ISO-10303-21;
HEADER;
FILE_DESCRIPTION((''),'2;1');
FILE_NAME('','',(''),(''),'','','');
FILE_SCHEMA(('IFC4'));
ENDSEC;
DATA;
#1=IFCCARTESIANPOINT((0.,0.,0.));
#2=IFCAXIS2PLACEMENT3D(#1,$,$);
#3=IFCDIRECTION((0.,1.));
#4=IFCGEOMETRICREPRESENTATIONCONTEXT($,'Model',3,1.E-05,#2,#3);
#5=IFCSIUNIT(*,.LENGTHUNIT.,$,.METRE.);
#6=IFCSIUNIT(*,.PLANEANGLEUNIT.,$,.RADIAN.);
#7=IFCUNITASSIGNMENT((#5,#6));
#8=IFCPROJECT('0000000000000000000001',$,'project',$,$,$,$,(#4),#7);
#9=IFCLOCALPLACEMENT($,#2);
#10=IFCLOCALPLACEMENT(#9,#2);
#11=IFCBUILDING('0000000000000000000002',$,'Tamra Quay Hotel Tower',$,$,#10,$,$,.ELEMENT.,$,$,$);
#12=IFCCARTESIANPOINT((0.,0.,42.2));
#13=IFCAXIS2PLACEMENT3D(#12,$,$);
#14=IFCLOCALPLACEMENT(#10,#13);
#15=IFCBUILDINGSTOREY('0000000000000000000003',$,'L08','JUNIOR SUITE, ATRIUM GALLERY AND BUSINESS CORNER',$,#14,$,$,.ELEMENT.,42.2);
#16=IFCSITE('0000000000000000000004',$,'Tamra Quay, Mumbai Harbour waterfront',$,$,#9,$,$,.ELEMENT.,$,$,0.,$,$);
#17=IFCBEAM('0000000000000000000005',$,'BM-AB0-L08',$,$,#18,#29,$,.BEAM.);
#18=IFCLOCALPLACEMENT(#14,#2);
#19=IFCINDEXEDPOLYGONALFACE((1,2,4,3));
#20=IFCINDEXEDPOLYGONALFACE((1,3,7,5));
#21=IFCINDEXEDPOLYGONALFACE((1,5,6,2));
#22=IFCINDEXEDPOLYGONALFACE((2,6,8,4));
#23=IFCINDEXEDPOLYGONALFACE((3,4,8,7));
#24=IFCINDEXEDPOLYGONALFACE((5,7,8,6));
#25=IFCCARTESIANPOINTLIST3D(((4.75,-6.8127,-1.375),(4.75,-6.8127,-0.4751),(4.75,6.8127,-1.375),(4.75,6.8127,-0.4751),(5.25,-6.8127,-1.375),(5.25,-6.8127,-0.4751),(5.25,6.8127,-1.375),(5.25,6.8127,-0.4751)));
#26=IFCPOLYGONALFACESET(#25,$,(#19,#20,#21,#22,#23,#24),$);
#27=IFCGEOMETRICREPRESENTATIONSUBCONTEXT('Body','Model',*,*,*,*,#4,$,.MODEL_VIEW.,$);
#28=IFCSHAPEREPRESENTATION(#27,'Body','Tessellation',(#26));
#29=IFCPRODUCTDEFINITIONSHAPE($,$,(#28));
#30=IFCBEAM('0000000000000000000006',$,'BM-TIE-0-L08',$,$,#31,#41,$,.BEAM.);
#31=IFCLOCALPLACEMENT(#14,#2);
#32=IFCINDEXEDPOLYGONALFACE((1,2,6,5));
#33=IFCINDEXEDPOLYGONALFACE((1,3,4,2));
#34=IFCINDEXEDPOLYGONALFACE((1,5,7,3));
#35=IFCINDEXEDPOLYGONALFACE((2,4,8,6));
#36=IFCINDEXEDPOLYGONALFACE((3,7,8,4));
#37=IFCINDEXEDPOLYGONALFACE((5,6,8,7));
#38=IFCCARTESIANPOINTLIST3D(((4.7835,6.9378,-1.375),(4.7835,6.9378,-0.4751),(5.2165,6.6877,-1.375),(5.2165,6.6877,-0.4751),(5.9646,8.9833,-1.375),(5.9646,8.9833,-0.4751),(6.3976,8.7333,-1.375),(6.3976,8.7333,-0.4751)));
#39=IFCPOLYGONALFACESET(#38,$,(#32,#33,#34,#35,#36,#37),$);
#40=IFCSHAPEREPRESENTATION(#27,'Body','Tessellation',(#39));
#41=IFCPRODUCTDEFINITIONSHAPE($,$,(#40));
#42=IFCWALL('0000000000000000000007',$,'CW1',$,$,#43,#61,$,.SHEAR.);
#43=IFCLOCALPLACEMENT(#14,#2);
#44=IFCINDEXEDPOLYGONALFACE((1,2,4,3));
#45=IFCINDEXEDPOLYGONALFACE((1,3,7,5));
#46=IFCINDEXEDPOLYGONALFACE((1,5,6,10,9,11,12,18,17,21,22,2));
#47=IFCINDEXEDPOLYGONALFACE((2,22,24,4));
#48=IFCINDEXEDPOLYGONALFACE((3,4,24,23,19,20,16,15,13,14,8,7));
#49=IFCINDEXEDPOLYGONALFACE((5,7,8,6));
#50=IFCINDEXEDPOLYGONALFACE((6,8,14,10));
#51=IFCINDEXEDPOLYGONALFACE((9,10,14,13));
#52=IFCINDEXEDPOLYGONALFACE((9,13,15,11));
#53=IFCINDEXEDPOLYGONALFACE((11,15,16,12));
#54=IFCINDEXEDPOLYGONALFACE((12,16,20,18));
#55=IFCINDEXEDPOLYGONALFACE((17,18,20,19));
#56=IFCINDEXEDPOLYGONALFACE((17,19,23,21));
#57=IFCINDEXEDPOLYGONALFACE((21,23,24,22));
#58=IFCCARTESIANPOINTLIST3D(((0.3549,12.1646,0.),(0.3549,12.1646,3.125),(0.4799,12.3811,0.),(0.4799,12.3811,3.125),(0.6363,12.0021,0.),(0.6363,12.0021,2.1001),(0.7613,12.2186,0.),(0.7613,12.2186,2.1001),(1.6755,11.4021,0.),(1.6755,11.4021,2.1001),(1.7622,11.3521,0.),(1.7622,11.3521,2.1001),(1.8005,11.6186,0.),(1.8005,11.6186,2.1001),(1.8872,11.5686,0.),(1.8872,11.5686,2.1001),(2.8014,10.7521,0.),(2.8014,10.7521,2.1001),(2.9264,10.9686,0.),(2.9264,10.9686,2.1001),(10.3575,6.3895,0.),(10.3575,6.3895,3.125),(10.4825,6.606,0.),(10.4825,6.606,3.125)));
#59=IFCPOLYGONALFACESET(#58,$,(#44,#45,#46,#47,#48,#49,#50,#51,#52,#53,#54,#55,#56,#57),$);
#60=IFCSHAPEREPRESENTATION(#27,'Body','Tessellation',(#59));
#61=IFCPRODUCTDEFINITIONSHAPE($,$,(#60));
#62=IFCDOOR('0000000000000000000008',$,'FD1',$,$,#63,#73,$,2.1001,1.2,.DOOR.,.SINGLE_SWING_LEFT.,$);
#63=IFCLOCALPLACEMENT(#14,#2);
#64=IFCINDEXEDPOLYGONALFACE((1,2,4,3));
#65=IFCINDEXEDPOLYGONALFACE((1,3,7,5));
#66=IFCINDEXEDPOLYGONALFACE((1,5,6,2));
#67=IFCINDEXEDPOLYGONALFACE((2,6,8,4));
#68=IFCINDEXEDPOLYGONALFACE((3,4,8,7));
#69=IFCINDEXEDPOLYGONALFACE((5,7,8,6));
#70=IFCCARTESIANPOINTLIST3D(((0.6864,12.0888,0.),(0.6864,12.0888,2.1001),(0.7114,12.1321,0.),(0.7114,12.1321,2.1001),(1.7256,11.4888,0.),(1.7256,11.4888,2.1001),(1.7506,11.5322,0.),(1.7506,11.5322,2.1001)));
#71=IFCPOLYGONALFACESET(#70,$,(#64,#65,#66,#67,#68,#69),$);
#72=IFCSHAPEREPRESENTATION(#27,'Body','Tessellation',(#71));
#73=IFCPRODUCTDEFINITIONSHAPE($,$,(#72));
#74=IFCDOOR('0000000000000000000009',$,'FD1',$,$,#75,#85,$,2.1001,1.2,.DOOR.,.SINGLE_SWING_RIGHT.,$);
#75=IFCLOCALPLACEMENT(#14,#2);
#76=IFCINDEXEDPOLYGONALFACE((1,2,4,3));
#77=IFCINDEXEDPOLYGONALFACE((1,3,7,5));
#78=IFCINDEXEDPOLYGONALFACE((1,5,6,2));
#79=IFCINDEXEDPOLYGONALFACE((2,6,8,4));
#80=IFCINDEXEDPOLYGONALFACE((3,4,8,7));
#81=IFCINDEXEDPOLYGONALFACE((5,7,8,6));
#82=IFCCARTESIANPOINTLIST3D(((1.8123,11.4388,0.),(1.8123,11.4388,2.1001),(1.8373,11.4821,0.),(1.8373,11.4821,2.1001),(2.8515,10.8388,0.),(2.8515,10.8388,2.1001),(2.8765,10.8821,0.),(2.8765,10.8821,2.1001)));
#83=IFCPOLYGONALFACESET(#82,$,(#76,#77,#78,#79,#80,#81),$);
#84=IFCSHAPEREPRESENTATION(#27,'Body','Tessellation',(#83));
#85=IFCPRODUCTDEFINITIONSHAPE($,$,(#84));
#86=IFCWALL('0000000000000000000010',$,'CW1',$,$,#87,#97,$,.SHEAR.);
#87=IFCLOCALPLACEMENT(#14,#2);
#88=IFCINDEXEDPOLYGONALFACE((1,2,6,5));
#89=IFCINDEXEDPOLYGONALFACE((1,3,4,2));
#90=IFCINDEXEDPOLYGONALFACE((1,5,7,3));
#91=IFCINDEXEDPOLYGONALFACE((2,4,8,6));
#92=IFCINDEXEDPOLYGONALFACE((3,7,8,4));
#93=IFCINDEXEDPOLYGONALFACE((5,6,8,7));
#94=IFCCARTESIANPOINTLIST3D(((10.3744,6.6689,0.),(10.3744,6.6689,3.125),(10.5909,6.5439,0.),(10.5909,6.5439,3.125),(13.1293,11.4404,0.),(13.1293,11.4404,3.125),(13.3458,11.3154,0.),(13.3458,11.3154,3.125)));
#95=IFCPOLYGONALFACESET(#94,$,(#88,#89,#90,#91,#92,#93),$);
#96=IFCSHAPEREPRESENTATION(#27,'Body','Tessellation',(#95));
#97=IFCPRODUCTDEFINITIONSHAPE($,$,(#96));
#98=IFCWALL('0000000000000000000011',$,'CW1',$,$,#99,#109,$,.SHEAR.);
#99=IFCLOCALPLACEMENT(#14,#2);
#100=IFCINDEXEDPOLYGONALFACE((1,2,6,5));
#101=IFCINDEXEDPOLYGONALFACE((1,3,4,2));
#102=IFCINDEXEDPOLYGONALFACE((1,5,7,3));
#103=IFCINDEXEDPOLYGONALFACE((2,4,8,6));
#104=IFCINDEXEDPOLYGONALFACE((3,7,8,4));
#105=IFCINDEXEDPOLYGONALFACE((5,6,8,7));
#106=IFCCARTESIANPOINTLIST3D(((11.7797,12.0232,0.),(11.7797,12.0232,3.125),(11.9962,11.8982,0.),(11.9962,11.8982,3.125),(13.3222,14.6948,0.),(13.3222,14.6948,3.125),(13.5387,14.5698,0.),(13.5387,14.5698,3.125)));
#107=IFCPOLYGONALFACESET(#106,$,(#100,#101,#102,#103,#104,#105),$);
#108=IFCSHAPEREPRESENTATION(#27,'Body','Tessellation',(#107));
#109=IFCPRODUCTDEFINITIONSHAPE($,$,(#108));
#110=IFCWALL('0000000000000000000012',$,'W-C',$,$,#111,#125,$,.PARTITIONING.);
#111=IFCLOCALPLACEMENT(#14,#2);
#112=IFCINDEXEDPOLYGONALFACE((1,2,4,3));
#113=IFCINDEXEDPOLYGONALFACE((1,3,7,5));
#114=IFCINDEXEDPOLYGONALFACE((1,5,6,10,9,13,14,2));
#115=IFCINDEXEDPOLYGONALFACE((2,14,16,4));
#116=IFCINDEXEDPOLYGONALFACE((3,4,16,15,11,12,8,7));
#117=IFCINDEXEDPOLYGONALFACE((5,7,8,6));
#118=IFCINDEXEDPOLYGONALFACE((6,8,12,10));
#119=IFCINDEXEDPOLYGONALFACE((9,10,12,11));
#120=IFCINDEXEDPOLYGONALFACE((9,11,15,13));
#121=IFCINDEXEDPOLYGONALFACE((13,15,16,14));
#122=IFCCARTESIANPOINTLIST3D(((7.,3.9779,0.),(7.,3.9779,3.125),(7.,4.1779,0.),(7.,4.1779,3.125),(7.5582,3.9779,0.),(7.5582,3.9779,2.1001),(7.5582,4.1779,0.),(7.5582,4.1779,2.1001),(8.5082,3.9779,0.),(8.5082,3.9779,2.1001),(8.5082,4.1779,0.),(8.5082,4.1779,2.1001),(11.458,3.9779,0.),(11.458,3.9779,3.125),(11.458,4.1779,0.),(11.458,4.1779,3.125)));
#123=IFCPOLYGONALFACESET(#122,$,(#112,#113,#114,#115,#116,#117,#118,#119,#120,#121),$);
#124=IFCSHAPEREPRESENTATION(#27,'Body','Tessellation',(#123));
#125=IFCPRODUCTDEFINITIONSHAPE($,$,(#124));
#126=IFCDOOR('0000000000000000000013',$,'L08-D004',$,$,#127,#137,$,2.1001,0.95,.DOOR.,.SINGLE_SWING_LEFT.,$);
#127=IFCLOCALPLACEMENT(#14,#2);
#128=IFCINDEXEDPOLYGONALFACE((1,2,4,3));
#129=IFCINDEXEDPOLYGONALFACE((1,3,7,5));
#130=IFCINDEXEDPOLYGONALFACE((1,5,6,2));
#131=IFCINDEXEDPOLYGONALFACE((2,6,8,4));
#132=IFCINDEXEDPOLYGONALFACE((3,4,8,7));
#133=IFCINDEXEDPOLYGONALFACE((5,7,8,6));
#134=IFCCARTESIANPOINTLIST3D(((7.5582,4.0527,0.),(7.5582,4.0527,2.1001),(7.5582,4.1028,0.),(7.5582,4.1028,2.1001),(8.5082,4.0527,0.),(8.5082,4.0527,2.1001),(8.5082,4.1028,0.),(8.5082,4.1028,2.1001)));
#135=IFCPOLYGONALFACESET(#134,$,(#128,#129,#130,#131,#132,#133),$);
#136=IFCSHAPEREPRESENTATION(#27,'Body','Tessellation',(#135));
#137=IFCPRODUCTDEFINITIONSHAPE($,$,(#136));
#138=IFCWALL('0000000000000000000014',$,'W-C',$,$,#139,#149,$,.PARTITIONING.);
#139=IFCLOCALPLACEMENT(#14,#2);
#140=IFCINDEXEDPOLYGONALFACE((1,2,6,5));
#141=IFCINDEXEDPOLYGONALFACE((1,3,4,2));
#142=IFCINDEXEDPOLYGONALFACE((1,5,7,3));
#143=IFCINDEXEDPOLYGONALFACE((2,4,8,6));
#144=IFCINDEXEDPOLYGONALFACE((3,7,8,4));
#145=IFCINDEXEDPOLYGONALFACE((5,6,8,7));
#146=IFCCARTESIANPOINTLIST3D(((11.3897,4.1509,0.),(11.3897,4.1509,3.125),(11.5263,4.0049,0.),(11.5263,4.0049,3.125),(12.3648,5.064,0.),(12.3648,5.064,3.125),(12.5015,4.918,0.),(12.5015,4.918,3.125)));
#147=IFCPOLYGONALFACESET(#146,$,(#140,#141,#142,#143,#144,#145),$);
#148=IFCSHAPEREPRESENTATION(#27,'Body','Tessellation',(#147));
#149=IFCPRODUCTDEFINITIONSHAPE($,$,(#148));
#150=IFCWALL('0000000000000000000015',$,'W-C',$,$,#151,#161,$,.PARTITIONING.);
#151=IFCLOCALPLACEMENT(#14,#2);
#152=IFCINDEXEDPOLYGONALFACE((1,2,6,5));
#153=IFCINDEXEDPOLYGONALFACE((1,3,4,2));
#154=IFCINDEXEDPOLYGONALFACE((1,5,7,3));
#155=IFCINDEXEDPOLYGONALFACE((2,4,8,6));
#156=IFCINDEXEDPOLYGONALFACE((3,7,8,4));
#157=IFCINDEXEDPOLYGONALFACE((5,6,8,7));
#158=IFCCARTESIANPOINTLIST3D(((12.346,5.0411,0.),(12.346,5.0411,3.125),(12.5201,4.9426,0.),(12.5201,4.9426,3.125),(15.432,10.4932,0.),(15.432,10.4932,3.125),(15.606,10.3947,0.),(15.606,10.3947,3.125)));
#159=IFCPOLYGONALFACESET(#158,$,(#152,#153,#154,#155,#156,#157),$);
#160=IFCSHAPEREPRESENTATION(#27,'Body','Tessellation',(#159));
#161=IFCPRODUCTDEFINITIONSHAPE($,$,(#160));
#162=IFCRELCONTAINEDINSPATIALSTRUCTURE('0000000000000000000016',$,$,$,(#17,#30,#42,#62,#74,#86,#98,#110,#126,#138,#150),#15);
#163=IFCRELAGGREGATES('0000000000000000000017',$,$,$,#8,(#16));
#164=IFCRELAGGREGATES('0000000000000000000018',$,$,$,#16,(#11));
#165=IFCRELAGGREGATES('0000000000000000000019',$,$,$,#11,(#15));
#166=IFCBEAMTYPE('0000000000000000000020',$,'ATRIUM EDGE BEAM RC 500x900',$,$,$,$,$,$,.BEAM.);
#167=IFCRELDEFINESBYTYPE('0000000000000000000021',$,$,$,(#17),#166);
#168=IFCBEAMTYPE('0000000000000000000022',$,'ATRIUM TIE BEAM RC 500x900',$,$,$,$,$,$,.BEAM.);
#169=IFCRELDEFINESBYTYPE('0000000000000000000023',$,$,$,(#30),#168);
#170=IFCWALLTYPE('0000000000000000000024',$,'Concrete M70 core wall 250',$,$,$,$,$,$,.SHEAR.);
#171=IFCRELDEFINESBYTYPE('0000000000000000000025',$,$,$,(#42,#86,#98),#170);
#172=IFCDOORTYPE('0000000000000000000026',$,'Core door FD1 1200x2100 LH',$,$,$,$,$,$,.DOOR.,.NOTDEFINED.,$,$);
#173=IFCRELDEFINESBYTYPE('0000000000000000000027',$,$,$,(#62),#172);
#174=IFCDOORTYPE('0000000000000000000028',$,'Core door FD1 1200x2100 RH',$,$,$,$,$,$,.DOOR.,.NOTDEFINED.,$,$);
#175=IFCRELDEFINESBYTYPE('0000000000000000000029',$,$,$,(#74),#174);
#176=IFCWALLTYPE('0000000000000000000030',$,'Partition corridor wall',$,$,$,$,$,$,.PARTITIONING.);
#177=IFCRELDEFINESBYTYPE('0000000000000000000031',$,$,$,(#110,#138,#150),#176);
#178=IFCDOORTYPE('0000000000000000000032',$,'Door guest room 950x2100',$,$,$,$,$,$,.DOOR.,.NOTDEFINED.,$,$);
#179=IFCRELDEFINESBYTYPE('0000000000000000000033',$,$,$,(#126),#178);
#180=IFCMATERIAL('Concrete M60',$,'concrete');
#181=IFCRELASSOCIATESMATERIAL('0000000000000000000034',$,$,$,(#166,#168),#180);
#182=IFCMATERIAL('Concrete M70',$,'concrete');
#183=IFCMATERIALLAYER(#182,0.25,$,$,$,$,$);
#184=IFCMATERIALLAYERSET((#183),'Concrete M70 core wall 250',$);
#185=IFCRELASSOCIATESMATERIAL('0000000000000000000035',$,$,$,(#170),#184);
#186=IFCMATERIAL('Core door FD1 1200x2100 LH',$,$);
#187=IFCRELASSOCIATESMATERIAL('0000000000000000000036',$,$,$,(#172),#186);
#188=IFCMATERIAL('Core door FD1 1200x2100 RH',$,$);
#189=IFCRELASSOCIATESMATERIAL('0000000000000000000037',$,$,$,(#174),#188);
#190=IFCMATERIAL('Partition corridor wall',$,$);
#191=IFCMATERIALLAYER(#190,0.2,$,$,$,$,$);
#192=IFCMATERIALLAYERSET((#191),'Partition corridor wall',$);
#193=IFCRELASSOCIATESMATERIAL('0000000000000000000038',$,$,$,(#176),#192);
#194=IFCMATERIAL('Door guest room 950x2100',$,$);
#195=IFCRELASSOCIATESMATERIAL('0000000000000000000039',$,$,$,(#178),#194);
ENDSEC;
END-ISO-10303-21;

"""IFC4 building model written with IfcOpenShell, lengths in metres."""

from ifc_helpers import new_model, si_unit, direction, frame, frame_2d, origin, origin_2d, place, context, subcontext, project, spatial, rectangle, extrude, material, layer, layer_set, material_profile, profile_set, type_object, element, fill, save


model = new_model("IFC4")

# Units and contexts
model_context = context("Model", 3, precision=1e-05, world=origin(), true_north=direction((0.0, 1.0)))
body_context = subcontext(model_context, "Body", "Model", "MODEL_VIEW")
ifc_project = project(units=[si_unit("LENGTHUNIT", "METRE"), si_unit("PLANEANGLEUNIT", "RADIAN")], contexts=[model_context])

# Site, building, storey
site_placement = place(None, origin())
site = spatial("IfcSite", under=ifc_project, at=site_placement, Name="Tamra Quay, Mumbai Harbour waterfront", CompositionType="ELEMENT", RefElevation=0.0)
building_placement = place(site_placement, origin())
building = spatial("IfcBuilding", under=site, at=building_placement, Name="Tamra Quay Hotel Tower", CompositionType="ELEMENT")
storey_placement = place(building_placement, frame((0.0, 0.0, 42.2)))
storey = spatial("IfcBuildingStorey", under=building, at=storey_placement, Name="L08", Description="JUNIOR SUITE, ATRIUM GALLERY AND BUSINESS CORNER", CompositionType="ELEMENT", Elevation=42.2)

# Beams
ifc_material_1 = material(Name="Concrete M60", Category="concrete")
ifc_material_profile_1 = material_profile(ifc_material_1, rectangle(XDim=0.5, YDim=0.8999, at=origin_2d()), Name="ATRIUM EDGE BEAM RC 500x900")
ifc_profile_set_1 = profile_set([ifc_material_profile_1], Name="Concrete M60")
beam_type_1 = type_object("IfcBeamType", Name="ATRIUM EDGE BEAM RC 500x900", PredefinedType="BEAM", material=ifc_profile_set_1)
beam_1_placement = place(storey_placement, frame((5.0, 6.8127, -0.925), z_axis=(0.0, -1.0, 0.0), x_axis=(1.0, 0.0, 0.0)))
element("IfcBeam", 1, at=beam_1_placement, inside=storey, type_object=beam_type_1, Name="BM-AB0-L08", PredefinedType="BEAM", context=body_context, shape_type="SweptSolid", body=[
    extrude(rectangle(XDim=0.5, YDim=0.8999, at=origin_2d()), origin(), (0.0, 0.0, 1.0), 13.6255),
])
ifc_material_profile_2 = material_profile(ifc_material_1, rectangle(XDim=0.5, YDim=0.8999, at=origin_2d()), Name="ATRIUM TIE BEAM RC 500x900")
ifc_profile_set_2 = profile_set([ifc_material_profile_2], Name="Concrete M60")
beam_type_2 = type_object("IfcBeamType", Name="ATRIUM TIE BEAM RC 500x900", PredefinedType="BEAM", material=ifc_profile_set_2)
beam_2_placement = place(storey_placement, frame((5.0, 6.8127, -0.925), z_axis=(0.50003, 0.866008, 0.0), x_axis=(-0.866008, 0.50003, 0.0)))
element("IfcBeam", 2, at=beam_2_placement, inside=storey, type_object=beam_type_2, Name="BM-TIE-0-L08", PredefinedType="BEAM", context=body_context, shape_type="SweptSolid", body=[
    extrude(rectangle(XDim=0.5, YDim=0.8999, at=origin_2d()), origin(), (0.0, 0.0, 1.0), 2.3621),
])

# Wall, openings, doors
ifc_material_2 = material(Name="Concrete M70", Category="concrete")
ifc_layer_1 = layer(ifc_material_2, 0.25)
ifc_layer_set_1 = layer_set([ifc_layer_1], Name="Concrete M70 core wall 250")
wall_type_1 = type_object("IfcWallType", Name="Concrete M70 core wall 250", PredefinedType="SHEAR", material=ifc_layer_set_1)
wall_1_placement = place(storey_placement, frame((10.4199, 6.4978, 0.0), z_axis=(0.0, 0.0, 1.0), x_axis=(-0.866022, 0.500006, 0.0)))
wall_1 = element("IfcWall", 3, at=wall_1_placement, inside=storey, type_object=wall_type_1, Name="CW1", PredefinedType="SHEAR", context=body_context, shape_type="SweptSolid", body=[
    extrude(rectangle(XDim=11.55, YDim=0.25, at=frame_2d((5.7749, 0.0))), origin(), (0.0, 0.0, 1.0), 3.125),
])
opening_1_placement = place(wall_1_placement, frame((10.0249, 0.0, 0.0)))
opening_1 = element("IfcOpeningElement", 4, at=opening_1_placement, cuts=wall_1, PredefinedType="OPENING", context=body_context, shape_type="SweptSolid", body=[
    extrude(rectangle(XDim=1.2, YDim=2.1001, at=frame_2d((0.6001, 1.05))), frame((0.0, 0.135, 0.0), z_axis=(0.0, -1.0, 0.0), x_axis=(1.0, 0.0, 0.0)), (0.0, 0.0, 1.0), 0.27),
])
opening_2_placement = place(wall_1_placement, frame((8.7249, 0.0, 0.0)))
opening_2 = element("IfcOpeningElement", 5, at=opening_2_placement, cuts=wall_1, PredefinedType="OPENING", context=body_context, shape_type="SweptSolid", body=[
    extrude(rectangle(XDim=1.2, YDim=2.1001, at=frame_2d((0.6001, 1.05))), frame((0.0, 0.135, 0.0), z_axis=(0.0, -1.0, 0.0), x_axis=(1.0, 0.0, 0.0)), (0.0, 0.0, 1.0), 0.27),
])
ifc_material_3 = material(Name="Core door FD1 1200x2100 LH")
door_type_1 = type_object("IfcDoorType", Name="Core door FD1 1200x2100 LH", OperationType="NOTDEFINED", PredefinedType="DOOR", material=ifc_material_3)
door_1_placement = place(opening_1_placement, origin())
door_1 = element("IfcDoor", 6, at=door_1_placement, inside=storey, type_object=door_type_1, Name="FD1", OperationType="SINGLE_SWING_LEFT", OverallHeight=2.1001, OverallWidth=1.2, PredefinedType="DOOR", context=body_context, shape_type="SweptSolid", body=[
    extrude(rectangle(XDim=1.2, YDim=2.1001, at=frame_2d((0.6001, 1.05))), frame((0.0, 0.0249, 0.0), z_axis=(0.0, -1.0, 0.0), x_axis=(1.0, 0.0, 0.0)), (0.0, 0.0, 1.0), 0.05),
])
fill(opening_1, door_1)
ifc_material_4 = material(Name="Core door FD1 1200x2100 RH")
door_type_2 = type_object("IfcDoorType", Name="Core door FD1 1200x2100 RH", OperationType="NOTDEFINED", PredefinedType="DOOR", material=ifc_material_4)
door_2_placement = place(opening_2_placement, origin())
door_2 = element("IfcDoor", 7, at=door_2_placement, inside=storey, type_object=door_type_2, Name="FD1", OperationType="SINGLE_SWING_RIGHT", OverallHeight=2.1001, OverallWidth=1.2, PredefinedType="DOOR", context=body_context, shape_type="SweptSolid", body=[
    extrude(rectangle(XDim=1.2, YDim=2.1001, at=frame_2d((0.6001, 1.05))), frame((0.0, 0.0249, 0.0), z_axis=(0.0, -1.0, 0.0), x_axis=(1.0, 0.0, 0.0)), (0.0, 0.0, 1.0), 0.05),
])
fill(opening_2, door_2)

# Walls
wall_2_placement = place(storey_placement, frame((13.2375, 11.3779, 0.0), z_axis=(0.0, 0.0, 1.0), x_axis=(-0.500009, -0.86602, 0.0)))
element("IfcWall", 8, at=wall_2_placement, inside=storey, type_object=wall_type_1, Name="CW1", PredefinedType="SHEAR", context=body_context, shape_type="SweptSolid", body=[
    extrude(rectangle(XDim=5.5098, YDim=0.25, at=frame_2d((2.7549, 0.0))), origin(), (0.0, 0.0, 1.0), 3.125),
])
wall_3_placement = place(storey_placement, frame((11.8879, 11.9607, 0.0), z_axis=(0.0, 0.0, 1.0), x_axis=(0.500003, 0.866023, 0.0)))
element("IfcWall", 9, at=wall_3_placement, inside=storey, type_object=wall_type_1, Name="CW1", PredefinedType="SHEAR", context=body_context, shape_type="SweptSolid", body=[
    extrude(rectangle(XDim=3.085, YDim=0.25, at=frame_2d((1.5425, 0.0))), origin(), (0.0, 0.0, 1.0), 3.125),
])

# Wall, opening, door
ifc_material_5 = material(Name="Partition corridor wall")
ifc_layer_2 = layer(ifc_material_5, 0.2)
ifc_layer_set_2 = layer_set([ifc_layer_2], Name="Partition corridor wall")
wall_type_2 = type_object("IfcWallType", Name="Partition corridor wall", PredefinedType="PARTITIONING", material=ifc_layer_set_2)
wall_4_placement = place(storey_placement, frame((7.0, 4.0779, 0.0), z_axis=(0.0, 0.0, 1.0), x_axis=(1.0, 0.0, 0.0)))
wall_4 = element("IfcWall", 10, at=wall_4_placement, inside=storey, type_object=wall_type_2, Name="W-C", PredefinedType="PARTITIONING", context=body_context, shape_type="SweptSolid", body=[
    extrude(rectangle(XDim=4.458, YDim=0.2, at=frame_2d((2.229, 0.0))), origin(), (0.0, 0.0, 1.0), 3.125),
])
opening_3_placement = place(wall_4_placement, frame((0.5581, 0.0, 0.0)))
opening_3 = element("IfcOpeningElement", 11, at=opening_3_placement, cuts=wall_4, PredefinedType="OPENING", context=body_context, shape_type="SweptSolid", body=[
    extrude(rectangle(XDim=0.95, YDim=2.1001, at=frame_2d((0.4751, 1.05))), frame((0.0, 0.1099, 0.0), z_axis=(0.0, -1.0, 0.0), x_axis=(1.0, 0.0, 0.0)), (0.0, 0.0, 1.0), 0.22),
])
ifc_material_6 = material(Name="Door guest room 950x2100")
door_type_3 = type_object("IfcDoorType", Name="Door guest room 950x2100", OperationType="NOTDEFINED", PredefinedType="DOOR", material=ifc_material_6)
door_3_placement = place(opening_3_placement, origin())
door_3 = element("IfcDoor", 12, at=door_3_placement, inside=storey, type_object=door_type_3, Name="L08-D004", OperationType="SINGLE_SWING_LEFT", OverallHeight=2.1001, OverallWidth=0.95, PredefinedType="DOOR", context=body_context, shape_type="SweptSolid", body=[
    extrude(rectangle(XDim=0.95, YDim=2.1001, at=frame_2d((0.4751, 1.05))), frame((0.0, 0.0249, 0.0), z_axis=(0.0, -1.0, 0.0), x_axis=(1.0, 0.0, 0.0)), (0.0, 0.0, 1.0), 0.05),
])
fill(opening_3, door_3)

# Walls
wall_5_placement = place(storey_placement, frame((11.458, 4.0779, 0.0), z_axis=(0.0, 0.0, 1.0), x_axis=(0.729936, 0.683515, 0.0)))
element("IfcWall", 13, at=wall_5_placement, inside=storey, type_object=wall_type_2, Name="W-C", PredefinedType="PARTITIONING", context=body_context, shape_type="SweptSolid", body=[
    extrude(rectangle(XDim=1.3359, YDim=0.2, at=frame_2d((0.668, 0.0))), origin(), (0.0, 0.0, 1.0), 3.125),
])
wall_6_placement = place(storey_placement, frame((12.4331, 4.9919, 0.0), z_axis=(0.0, 0.0, 1.0), x_axis=(0.492576, 0.870269, 0.0)))
element("IfcWall", 14, at=wall_6_placement, inside=storey, type_object=wall_type_2, Name="W-C", PredefinedType="PARTITIONING", context=body_context, shape_type="SweptSolid", body=[
    extrude(rectangle(XDim=6.2649, YDim=0.2, at=frame_2d((3.1323, 0.0))), origin(), (0.0, 0.0, 1.0), 3.125),
])

save(model, "model.ifc")
